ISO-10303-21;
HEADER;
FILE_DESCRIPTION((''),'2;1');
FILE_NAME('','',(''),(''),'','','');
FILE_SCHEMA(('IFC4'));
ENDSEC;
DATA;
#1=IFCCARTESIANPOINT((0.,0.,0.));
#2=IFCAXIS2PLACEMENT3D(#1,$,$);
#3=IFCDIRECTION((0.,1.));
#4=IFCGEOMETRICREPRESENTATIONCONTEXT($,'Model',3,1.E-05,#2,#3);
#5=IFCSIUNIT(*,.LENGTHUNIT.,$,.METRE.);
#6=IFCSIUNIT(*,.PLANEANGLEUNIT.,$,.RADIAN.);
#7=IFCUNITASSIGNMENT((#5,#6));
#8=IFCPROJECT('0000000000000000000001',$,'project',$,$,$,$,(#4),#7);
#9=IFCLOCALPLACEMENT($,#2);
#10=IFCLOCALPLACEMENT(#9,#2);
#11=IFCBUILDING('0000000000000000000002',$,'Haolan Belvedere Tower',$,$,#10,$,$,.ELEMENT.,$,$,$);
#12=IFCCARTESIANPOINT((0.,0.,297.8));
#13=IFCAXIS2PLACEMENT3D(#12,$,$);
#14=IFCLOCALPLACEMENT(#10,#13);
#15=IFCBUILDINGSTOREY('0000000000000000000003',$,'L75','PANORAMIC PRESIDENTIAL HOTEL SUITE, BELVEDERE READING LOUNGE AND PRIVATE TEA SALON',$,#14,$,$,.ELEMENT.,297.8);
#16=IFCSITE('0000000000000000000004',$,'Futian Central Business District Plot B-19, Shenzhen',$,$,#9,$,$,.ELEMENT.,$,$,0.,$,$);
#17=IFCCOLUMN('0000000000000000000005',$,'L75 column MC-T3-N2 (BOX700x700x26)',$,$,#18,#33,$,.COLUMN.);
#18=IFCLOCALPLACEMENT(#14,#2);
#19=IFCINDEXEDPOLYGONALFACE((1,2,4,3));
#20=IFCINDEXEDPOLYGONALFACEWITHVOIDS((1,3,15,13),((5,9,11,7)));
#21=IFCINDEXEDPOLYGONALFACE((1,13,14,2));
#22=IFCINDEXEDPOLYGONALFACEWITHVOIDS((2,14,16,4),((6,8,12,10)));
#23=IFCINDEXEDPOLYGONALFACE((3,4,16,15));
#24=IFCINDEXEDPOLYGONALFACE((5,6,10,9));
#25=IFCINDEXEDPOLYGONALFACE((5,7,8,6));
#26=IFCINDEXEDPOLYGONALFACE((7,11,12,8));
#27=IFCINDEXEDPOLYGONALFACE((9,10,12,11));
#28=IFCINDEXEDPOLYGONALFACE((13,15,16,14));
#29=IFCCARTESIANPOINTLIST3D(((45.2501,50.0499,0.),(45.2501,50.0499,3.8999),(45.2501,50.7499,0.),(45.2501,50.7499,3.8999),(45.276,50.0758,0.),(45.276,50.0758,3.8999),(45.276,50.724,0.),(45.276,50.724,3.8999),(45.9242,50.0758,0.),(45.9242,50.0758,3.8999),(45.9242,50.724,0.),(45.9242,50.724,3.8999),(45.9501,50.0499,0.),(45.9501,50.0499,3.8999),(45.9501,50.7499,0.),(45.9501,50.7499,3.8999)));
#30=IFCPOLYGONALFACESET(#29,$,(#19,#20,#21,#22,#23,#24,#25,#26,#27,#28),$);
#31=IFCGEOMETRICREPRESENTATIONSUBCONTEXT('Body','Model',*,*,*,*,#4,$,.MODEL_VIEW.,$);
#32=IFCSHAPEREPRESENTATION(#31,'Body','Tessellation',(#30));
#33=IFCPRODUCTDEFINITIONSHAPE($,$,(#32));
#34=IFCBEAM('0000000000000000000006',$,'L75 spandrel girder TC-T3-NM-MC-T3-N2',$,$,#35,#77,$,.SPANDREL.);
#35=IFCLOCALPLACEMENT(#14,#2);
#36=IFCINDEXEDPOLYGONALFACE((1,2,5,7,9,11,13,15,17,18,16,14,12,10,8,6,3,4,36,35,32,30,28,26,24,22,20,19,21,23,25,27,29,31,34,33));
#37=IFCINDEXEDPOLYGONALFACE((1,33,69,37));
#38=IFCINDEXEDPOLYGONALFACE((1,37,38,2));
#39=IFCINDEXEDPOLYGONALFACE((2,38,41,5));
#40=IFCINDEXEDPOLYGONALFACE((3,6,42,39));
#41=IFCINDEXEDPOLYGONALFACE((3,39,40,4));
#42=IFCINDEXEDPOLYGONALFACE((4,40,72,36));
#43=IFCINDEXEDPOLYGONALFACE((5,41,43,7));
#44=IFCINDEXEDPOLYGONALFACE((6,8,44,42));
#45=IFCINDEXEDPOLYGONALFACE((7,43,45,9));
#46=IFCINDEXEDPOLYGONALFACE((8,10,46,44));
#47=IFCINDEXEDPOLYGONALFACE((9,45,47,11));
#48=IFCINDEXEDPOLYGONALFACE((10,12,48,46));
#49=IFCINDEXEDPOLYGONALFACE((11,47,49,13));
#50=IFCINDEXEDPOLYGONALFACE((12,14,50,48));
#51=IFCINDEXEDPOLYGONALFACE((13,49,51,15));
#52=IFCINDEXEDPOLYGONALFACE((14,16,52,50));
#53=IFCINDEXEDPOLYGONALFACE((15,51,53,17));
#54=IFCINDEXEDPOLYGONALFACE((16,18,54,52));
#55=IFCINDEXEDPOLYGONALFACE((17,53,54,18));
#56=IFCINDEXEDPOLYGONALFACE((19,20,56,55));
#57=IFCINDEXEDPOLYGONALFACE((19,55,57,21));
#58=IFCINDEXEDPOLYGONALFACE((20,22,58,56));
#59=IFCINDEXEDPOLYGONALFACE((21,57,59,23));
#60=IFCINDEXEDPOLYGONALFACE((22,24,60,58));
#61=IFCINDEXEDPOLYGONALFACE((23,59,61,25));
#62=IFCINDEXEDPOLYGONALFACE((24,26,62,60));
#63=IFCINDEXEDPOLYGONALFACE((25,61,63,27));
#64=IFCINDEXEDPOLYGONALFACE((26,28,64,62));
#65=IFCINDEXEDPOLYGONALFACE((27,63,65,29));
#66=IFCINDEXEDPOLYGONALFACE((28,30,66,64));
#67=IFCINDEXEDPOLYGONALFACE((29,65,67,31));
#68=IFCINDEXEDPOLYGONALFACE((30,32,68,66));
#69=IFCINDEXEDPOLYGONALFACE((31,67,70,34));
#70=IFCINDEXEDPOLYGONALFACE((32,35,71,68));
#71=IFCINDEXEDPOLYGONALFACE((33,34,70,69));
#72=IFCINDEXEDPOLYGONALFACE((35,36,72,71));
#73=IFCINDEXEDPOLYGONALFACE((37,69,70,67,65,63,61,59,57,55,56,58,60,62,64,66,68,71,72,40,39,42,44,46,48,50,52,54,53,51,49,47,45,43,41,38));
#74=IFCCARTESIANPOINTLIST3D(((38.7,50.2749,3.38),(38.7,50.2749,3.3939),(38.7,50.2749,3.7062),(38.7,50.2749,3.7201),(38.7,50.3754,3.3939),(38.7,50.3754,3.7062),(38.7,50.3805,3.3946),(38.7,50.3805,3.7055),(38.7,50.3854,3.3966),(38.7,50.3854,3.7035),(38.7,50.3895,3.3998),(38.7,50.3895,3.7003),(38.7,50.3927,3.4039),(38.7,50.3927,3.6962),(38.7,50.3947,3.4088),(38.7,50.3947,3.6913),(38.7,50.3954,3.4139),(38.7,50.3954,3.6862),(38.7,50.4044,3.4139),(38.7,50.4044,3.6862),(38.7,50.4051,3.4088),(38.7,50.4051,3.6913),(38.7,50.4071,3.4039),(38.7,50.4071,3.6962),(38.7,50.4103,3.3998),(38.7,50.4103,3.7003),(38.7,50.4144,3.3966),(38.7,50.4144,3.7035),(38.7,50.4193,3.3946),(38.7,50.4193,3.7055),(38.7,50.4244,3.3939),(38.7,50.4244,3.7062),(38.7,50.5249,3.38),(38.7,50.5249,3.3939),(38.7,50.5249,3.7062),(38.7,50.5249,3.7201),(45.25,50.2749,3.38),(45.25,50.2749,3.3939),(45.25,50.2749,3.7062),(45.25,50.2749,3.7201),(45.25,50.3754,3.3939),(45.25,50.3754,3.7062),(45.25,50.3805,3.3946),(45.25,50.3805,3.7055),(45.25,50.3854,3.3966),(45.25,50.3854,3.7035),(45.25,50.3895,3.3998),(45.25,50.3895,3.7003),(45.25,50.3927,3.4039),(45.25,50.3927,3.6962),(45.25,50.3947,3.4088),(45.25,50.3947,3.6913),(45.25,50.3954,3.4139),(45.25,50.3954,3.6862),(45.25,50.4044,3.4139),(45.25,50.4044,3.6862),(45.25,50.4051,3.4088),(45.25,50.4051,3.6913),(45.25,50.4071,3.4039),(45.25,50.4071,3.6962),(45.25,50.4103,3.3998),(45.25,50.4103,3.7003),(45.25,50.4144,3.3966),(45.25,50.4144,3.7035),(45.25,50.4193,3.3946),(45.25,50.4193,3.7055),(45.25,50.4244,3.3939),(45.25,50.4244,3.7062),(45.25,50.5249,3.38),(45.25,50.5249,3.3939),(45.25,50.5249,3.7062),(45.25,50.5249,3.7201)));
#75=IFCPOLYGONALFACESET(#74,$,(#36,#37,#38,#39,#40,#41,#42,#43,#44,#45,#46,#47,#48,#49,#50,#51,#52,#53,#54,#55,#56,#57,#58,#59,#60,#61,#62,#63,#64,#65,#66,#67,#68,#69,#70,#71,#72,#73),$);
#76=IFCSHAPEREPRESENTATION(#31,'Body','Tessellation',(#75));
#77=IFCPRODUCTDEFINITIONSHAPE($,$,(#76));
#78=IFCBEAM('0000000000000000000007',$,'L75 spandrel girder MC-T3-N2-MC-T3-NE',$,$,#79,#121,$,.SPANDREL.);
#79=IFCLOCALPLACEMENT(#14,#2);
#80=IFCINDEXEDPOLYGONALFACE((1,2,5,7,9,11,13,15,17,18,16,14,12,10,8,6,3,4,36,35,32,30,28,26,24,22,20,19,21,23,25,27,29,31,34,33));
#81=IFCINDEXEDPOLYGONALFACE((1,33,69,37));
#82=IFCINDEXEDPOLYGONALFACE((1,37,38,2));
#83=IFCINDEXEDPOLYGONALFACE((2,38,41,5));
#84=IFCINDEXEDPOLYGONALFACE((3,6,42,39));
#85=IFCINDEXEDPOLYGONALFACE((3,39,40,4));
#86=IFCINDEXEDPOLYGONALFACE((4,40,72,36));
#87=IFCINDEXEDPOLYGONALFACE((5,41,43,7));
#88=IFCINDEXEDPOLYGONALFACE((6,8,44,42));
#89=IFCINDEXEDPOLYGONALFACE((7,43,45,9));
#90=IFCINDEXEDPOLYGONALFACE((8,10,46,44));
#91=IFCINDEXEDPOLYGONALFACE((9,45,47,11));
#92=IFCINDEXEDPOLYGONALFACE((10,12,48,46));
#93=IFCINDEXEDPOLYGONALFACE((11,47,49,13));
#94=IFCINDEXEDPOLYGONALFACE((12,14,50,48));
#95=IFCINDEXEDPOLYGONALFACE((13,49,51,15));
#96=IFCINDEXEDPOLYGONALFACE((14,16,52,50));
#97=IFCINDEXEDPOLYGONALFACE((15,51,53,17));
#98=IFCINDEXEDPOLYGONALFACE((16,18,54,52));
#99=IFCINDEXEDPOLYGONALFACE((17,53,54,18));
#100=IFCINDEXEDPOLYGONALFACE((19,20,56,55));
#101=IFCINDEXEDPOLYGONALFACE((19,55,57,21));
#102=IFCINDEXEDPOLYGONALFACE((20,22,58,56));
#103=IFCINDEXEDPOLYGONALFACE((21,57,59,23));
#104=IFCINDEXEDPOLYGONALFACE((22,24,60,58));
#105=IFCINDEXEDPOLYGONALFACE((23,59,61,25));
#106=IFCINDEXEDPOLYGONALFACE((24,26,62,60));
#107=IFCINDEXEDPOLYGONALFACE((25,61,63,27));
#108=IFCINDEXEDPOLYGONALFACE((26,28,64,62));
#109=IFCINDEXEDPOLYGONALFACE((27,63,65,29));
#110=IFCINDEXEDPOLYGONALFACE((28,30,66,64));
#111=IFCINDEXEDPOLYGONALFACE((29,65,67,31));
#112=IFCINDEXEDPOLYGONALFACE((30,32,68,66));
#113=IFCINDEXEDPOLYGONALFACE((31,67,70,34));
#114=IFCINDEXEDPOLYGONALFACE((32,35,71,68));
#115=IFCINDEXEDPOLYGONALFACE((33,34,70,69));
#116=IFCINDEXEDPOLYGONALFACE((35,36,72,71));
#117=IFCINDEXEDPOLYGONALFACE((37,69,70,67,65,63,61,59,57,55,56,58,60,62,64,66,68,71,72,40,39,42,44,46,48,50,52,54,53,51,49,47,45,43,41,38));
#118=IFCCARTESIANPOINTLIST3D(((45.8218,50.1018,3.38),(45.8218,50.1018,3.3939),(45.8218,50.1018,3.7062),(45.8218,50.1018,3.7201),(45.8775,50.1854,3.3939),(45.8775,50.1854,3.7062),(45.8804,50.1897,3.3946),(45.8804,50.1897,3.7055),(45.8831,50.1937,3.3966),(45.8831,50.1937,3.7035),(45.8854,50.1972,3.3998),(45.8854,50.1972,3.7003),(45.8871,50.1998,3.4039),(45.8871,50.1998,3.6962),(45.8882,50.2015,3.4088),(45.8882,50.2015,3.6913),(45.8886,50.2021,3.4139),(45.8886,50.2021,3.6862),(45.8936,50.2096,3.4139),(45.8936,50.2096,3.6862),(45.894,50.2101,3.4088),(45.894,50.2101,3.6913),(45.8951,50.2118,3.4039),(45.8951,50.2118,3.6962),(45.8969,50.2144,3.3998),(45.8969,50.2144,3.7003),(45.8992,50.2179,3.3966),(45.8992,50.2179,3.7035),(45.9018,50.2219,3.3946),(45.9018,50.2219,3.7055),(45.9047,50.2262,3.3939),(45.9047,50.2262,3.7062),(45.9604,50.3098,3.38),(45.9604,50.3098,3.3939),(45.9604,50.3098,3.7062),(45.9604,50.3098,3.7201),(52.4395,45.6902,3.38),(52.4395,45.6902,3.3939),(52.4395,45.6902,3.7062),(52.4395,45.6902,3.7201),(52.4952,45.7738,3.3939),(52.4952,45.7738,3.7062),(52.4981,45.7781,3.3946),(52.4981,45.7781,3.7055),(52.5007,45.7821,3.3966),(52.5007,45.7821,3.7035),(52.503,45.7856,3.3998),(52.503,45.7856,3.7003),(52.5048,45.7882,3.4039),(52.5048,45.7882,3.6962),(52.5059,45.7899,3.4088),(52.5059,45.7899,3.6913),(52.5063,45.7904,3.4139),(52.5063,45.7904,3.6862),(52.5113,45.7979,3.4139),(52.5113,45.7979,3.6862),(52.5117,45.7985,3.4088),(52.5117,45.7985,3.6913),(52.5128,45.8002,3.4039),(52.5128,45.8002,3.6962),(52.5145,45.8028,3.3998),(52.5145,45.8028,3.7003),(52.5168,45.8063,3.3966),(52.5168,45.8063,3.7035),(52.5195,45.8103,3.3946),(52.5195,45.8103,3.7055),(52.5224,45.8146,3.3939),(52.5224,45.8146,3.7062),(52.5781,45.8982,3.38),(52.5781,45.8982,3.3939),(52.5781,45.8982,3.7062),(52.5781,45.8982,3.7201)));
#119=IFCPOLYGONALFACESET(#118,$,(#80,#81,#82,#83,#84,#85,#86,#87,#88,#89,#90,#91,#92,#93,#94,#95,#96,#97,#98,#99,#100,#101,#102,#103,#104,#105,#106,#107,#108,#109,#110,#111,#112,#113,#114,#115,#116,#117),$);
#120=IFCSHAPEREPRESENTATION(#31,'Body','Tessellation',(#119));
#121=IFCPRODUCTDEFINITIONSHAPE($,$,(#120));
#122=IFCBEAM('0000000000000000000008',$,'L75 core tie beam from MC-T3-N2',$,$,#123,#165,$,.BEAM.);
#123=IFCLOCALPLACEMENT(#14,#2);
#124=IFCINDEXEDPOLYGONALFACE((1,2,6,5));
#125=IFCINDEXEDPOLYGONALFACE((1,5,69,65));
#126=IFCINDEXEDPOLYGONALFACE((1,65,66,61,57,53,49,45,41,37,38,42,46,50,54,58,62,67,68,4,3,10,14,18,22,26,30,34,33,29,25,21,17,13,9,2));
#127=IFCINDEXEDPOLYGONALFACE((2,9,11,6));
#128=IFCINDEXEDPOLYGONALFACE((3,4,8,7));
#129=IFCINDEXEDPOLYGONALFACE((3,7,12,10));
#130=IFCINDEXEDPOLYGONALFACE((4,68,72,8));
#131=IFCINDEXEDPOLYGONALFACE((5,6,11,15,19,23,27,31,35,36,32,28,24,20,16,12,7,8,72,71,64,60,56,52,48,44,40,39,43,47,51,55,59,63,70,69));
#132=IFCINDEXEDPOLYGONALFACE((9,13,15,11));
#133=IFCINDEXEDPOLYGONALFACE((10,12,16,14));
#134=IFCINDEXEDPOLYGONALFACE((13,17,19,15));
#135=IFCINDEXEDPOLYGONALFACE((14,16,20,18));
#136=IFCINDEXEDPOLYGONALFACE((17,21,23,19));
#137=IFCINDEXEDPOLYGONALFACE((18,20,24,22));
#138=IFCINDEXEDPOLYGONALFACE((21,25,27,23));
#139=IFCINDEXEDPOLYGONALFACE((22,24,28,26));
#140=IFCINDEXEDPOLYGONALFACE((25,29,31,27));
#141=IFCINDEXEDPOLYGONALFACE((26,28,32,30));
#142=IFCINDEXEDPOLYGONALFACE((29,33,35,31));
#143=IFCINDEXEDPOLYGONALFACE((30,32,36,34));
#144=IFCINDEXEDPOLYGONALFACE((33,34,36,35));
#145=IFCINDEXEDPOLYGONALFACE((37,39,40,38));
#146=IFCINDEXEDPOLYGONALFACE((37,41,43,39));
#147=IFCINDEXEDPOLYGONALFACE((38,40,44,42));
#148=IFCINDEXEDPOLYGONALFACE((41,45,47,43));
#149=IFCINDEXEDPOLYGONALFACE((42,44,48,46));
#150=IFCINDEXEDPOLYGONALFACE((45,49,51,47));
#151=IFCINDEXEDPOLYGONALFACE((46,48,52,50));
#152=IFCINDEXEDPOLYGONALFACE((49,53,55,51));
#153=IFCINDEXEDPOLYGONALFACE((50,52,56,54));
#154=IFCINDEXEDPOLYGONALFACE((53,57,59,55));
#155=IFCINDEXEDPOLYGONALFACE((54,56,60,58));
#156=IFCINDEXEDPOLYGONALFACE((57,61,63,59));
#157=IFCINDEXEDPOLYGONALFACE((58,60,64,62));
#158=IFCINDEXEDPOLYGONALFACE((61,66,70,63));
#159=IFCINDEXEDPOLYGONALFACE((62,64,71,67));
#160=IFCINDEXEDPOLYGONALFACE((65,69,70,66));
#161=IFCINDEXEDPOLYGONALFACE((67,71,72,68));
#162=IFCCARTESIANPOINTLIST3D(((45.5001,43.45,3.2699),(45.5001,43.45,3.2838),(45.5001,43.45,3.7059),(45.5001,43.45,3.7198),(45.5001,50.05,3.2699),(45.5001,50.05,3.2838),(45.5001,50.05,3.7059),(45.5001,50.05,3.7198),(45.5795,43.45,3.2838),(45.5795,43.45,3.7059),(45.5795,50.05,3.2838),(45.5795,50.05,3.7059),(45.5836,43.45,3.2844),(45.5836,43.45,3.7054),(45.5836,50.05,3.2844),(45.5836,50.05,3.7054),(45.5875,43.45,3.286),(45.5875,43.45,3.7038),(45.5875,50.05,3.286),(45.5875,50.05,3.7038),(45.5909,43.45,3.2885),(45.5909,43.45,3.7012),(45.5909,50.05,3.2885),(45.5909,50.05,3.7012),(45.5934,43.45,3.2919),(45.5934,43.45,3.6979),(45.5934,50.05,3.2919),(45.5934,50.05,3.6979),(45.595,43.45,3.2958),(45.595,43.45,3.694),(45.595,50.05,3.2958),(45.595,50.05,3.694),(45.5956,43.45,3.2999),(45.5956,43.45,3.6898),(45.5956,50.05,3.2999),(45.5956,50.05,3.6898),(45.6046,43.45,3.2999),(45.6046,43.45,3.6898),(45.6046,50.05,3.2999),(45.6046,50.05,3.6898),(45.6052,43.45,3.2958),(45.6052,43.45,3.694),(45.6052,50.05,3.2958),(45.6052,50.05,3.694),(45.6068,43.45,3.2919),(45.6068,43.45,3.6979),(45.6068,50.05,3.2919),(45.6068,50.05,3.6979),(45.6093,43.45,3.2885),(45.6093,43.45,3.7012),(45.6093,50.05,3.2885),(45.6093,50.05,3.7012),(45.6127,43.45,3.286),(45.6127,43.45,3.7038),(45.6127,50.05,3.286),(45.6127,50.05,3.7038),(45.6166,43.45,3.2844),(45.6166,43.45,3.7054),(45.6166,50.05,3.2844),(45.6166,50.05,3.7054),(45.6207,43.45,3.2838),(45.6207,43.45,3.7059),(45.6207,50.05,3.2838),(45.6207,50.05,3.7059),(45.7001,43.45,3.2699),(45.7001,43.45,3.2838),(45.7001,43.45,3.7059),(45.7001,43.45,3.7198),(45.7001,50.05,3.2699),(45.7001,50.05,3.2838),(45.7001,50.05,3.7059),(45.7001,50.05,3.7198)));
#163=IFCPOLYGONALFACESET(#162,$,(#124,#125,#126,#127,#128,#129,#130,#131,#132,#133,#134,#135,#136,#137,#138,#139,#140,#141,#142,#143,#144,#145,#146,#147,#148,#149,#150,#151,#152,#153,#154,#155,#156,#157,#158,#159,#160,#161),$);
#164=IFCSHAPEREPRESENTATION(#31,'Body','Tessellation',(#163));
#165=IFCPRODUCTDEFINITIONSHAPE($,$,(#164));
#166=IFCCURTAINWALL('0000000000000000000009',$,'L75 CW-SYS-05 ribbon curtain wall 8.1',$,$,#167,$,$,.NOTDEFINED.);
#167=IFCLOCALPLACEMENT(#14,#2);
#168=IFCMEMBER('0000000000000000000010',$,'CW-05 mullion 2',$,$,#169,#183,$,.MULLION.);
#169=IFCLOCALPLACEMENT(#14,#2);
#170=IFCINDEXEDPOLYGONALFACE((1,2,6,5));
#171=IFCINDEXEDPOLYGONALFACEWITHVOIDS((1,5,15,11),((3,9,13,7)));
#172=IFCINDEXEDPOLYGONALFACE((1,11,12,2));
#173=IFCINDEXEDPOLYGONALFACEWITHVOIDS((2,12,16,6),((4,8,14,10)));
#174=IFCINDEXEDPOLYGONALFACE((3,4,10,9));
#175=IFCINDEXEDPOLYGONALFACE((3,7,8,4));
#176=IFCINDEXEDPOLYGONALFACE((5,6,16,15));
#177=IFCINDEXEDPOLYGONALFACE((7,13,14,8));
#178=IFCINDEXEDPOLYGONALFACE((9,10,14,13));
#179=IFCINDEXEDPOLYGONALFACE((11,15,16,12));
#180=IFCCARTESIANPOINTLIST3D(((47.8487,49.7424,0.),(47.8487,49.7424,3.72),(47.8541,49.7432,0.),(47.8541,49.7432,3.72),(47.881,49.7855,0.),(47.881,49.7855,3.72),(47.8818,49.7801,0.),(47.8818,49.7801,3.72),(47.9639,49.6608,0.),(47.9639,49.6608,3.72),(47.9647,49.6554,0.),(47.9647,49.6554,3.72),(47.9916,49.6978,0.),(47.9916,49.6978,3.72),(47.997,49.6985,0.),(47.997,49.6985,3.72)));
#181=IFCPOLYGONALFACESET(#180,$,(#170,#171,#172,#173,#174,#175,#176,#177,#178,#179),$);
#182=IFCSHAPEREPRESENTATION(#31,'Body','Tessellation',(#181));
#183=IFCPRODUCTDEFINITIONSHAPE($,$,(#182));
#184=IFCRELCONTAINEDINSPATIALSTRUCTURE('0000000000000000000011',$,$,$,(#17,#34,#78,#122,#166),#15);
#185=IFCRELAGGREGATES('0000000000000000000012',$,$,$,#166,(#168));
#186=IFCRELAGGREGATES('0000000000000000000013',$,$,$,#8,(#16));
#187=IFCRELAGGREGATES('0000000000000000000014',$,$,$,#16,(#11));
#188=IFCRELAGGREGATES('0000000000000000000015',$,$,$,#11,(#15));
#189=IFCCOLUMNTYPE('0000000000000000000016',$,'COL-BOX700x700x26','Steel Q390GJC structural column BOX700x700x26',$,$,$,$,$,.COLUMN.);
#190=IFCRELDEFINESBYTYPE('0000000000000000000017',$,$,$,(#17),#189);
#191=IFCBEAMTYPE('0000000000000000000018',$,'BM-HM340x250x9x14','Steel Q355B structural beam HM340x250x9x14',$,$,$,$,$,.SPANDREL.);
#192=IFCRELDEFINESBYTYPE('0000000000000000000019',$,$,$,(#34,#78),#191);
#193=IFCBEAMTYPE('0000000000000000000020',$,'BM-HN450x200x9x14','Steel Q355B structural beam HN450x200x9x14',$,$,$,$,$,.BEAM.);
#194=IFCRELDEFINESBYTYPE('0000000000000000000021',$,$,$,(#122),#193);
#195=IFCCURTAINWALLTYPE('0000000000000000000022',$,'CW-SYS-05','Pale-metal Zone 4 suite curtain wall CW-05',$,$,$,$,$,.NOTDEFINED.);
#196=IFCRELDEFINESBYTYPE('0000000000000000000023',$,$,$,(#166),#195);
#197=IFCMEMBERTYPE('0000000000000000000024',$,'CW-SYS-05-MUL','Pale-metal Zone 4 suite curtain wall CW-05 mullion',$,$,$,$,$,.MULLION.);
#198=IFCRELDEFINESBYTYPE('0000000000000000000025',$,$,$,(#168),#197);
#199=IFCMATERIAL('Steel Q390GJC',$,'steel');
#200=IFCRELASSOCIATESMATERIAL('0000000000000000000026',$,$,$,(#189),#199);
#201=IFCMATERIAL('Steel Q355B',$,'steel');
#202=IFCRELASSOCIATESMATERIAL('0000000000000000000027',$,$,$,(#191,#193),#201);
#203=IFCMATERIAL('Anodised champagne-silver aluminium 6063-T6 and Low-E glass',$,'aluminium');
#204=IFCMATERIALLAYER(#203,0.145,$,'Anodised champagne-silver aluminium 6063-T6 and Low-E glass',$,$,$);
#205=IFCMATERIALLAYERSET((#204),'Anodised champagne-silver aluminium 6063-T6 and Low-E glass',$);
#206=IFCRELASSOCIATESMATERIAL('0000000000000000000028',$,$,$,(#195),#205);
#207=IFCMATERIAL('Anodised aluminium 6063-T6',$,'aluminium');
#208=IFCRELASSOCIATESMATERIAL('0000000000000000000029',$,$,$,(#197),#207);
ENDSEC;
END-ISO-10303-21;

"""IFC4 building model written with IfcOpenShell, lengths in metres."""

from ifc_helpers import new_model, si_unit, direction, frame, origin, origin_2d, place, context, subcontext, project, spatial, hollow_rectangle, i_section, extrude, material, layer, layer_set, material_profile, profile_set, type_object, element, aggregate, save


model = new_model("IFC4")

# Units and contexts
model_context = context("Model", 3, precision=1e-05, world=origin(), true_north=direction((0.0, 1.0)))
body_context = subcontext(model_context, "Body", "Model", "MODEL_VIEW")
ifc_project = project(units=[si_unit("LENGTHUNIT", "METRE"), si_unit("PLANEANGLEUNIT", "RADIAN")], contexts=[model_context])

# Site, building, storey
site_placement = place(None, origin())
site = spatial("IfcSite", under=ifc_project, at=site_placement, Name="Futian Central Business District Plot B-19, Shenzhen", CompositionType="ELEMENT", RefElevation=0.0)
building_placement = place(site_placement, origin())
building = spatial("IfcBuilding", under=site, at=building_placement, Name="Haolan Belvedere Tower", CompositionType="ELEMENT")
storey_placement = place(building_placement, frame((0.0, 0.0, 297.8)))
storey = spatial("IfcBuildingStorey", under=building, at=storey_placement, Name="L75", Description="PANORAMIC PRESIDENTIAL HOTEL SUITE, BELVEDERE READING LOUNGE AND PRIVATE TEA SALON", CompositionType="ELEMENT", Elevation=297.8)

# Column
ifc_material_1 = material(Name="Steel Q390GJC", Category="steel")
ifc_material_profile_1 = material_profile(ifc_material_1, hollow_rectangle(XDim=0.7, YDim=0.7, WallThickness=0.0259, at=origin_2d()), Name="Steel Q390GJC")
ifc_profile_set_1 = profile_set([ifc_material_profile_1], Name="Steel Q390GJC")
column_type = type_object("IfcColumnType", Name="COL-BOX700x700x26", Description="Steel Q390GJC structural column BOX700x700x26", PredefinedType="COLUMN", material=ifc_profile_set_1)
column_placement = place(storey_placement, frame((45.6001, 50.3999, 0.0), z_axis=(0.0, 0.0, 1.0), x_axis=(1.0, 0.0, 0.0)))
element("IfcColumn", 1, at=column_placement, inside=storey, type_object=column_type, Name="L75 column MC-T3-N2 (BOX700x700x26)", PredefinedType="COLUMN", context=body_context, shape_type="SweptSolid", body=[
    extrude(hollow_rectangle(XDim=0.7, YDim=0.7, WallThickness=0.0259, at=origin_2d()), origin(), (0.0, 0.0, 1.0), 3.8999),
])

# Beams
ifc_material_2 = material(Name="Steel Q355B", Category="steel")
ifc_material_profile_2 = material_profile(ifc_material_2, i_section(OverallWidth=0.25, OverallDepth=0.3401, WebThickness=0.009, FlangeThickness=0.0139, FilletRadius=0.02, at=origin_2d()), Name="Steel Q355B")
ifc_profile_set_2 = profile_set([ifc_material_profile_2], Name="Steel Q355B")
beam_type_1 = type_object("IfcBeamType", Name="BM-HM340x250x9x14", Description="Steel Q355B structural beam HM340x250x9x14", PredefinedType="SPANDREL", material=ifc_profile_set_2)
beam_1_placement = place(storey_placement, frame((38.7, 50.3999, 3.55), z_axis=(1.0, 0.0, 0.0), x_axis=(0.0, 1.0, 0.0)))
element("IfcBeam", 2, at=beam_1_placement, inside=storey, type_object=beam_type_1, Name="L75 spandrel girder TC-T3-NM-MC-T3-N2", PredefinedType="SPANDREL", context=body_context, shape_type="SweptSolid", body=[
    extrude(i_section(OverallWidth=0.25, OverallDepth=0.3401, WebThickness=0.009, FlangeThickness=0.0139, FilletRadius=0.02, at=origin_2d()), origin(), (0.0, 0.0, 1.0), 6.55),
])
beam_2_placement = place(storey_placement, frame((45.8911, 50.2058, 3.55), z_axis=(0.83206, -0.554686, 0.0), x_axis=(0.554686, 0.83206, 0.0)))
element("IfcBeam", 3, at=beam_2_placement, inside=storey, type_object=beam_type_1, Name="L75 spandrel girder MC-T3-N2-MC-T3-NE", PredefinedType="SPANDREL", context=body_context, shape_type="SweptSolid", body=[
    extrude(i_section(OverallWidth=0.25, OverallDepth=0.3401, WebThickness=0.009, FlangeThickness=0.0139, FilletRadius=0.02, at=origin_2d()), origin(), (0.0, 0.0, 1.0), 7.9534),
])
ifc_material_profile_3 = material_profile(ifc_material_2, i_section(OverallWidth=0.2, OverallDepth=0.45, WebThickness=0.009, FlangeThickness=0.0139, FilletRadius=0.0161, at=origin_2d()), Name="Steel Q355B")
ifc_profile_set_3 = profile_set([ifc_material_profile_3], Name="Steel Q355B")
beam_type_2 = type_object("IfcBeamType", Name="BM-HN450x200x9x14", Description="Steel Q355B structural beam HN450x200x9x14", PredefinedType="BEAM", material=ifc_profile_set_3)
beam_3_placement = place(storey_placement, frame((45.6001, 50.05, 3.4949), z_axis=(0.0, -1.0, 0.0), x_axis=(1.0, 0.0, 0.0)))
element("IfcBeam", 4, at=beam_3_placement, inside=storey, type_object=beam_type_2, Name="L75 core tie beam from MC-T3-N2", PredefinedType="BEAM", context=body_context, shape_type="SweptSolid", body=[
    extrude(i_section(OverallWidth=0.2, OverallDepth=0.45, WebThickness=0.009, FlangeThickness=0.0139, FilletRadius=0.0161, at=origin_2d()), origin(), (0.0, 0.0, 1.0), 6.6001),
])

# Curtain wall, member
ifc_material_3 = material(Name="Anodised champagne-silver aluminium 6063-T6 and Low-E glass", Category="aluminium")
ifc_layer_1 = layer(ifc_material_3, 0.145, Name="Anodised champagne-silver aluminium 6063-T6 and Low-E glass")
ifc_layer_set_1 = layer_set([ifc_layer_1], Name="Anodised champagne-silver aluminium 6063-T6 and Low-E glass")
curtain_wall_type = type_object("IfcCurtainWallType", Name="CW-SYS-05", Description="Pale-metal Zone 4 suite curtain wall CW-05", PredefinedType="NOTDEFINED", material=ifc_layer_set_1)
curtain_wall_1_placement = place(storey_placement, origin())
curtain_wall_1 = element("IfcCurtainWall", 5, at=curtain_wall_1_placement, inside=storey, type_object=curtain_wall_type, Name="L75 CW-SYS-05 ribbon curtain wall 8.1", PredefinedType="NOTDEFINED")
ifc_material_4 = material(Name="Anodised aluminium 6063-T6", Category="aluminium")
ifc_material_profile_4 = material_profile(ifc_material_4, hollow_rectangle(XDim=0.054, YDim=0.145, WallThickness=0.0039, at=origin_2d()), Name="Anodised aluminium 6063-T6")
ifc_profile_set_4 = profile_set([ifc_material_profile_4], Name="Anodised aluminium 6063-T6")
member_type_1 = type_object("IfcMemberType", Name="CW-SYS-05-MUL", Description="Pale-metal Zone 4 suite curtain wall CW-05 mullion", PredefinedType="MULLION", material=ifc_profile_set_4)
member_1_placement = place(storey_placement, frame((47.9229, 49.7205, 0.0), z_axis=(0.0, 0.0, 1.0), x_axis=(-0.600003, -0.799998, 0.0)))
member_1 = element("IfcMember", 6, at=member_1_placement, type_object=member_type_1, Name="CW-05 mullion 2", PredefinedType="MULLION", context=body_context, shape_type="SweptSolid", body=[
    extrude(hollow_rectangle(XDim=0.054, YDim=0.145, WallThickness=0.0039, at=origin_2d()), origin(), (0.0, 0.0, 1.0), 3.72),
])

aggregate(curtain_wall_1, [member_1])

save(model, "model.ifc")
